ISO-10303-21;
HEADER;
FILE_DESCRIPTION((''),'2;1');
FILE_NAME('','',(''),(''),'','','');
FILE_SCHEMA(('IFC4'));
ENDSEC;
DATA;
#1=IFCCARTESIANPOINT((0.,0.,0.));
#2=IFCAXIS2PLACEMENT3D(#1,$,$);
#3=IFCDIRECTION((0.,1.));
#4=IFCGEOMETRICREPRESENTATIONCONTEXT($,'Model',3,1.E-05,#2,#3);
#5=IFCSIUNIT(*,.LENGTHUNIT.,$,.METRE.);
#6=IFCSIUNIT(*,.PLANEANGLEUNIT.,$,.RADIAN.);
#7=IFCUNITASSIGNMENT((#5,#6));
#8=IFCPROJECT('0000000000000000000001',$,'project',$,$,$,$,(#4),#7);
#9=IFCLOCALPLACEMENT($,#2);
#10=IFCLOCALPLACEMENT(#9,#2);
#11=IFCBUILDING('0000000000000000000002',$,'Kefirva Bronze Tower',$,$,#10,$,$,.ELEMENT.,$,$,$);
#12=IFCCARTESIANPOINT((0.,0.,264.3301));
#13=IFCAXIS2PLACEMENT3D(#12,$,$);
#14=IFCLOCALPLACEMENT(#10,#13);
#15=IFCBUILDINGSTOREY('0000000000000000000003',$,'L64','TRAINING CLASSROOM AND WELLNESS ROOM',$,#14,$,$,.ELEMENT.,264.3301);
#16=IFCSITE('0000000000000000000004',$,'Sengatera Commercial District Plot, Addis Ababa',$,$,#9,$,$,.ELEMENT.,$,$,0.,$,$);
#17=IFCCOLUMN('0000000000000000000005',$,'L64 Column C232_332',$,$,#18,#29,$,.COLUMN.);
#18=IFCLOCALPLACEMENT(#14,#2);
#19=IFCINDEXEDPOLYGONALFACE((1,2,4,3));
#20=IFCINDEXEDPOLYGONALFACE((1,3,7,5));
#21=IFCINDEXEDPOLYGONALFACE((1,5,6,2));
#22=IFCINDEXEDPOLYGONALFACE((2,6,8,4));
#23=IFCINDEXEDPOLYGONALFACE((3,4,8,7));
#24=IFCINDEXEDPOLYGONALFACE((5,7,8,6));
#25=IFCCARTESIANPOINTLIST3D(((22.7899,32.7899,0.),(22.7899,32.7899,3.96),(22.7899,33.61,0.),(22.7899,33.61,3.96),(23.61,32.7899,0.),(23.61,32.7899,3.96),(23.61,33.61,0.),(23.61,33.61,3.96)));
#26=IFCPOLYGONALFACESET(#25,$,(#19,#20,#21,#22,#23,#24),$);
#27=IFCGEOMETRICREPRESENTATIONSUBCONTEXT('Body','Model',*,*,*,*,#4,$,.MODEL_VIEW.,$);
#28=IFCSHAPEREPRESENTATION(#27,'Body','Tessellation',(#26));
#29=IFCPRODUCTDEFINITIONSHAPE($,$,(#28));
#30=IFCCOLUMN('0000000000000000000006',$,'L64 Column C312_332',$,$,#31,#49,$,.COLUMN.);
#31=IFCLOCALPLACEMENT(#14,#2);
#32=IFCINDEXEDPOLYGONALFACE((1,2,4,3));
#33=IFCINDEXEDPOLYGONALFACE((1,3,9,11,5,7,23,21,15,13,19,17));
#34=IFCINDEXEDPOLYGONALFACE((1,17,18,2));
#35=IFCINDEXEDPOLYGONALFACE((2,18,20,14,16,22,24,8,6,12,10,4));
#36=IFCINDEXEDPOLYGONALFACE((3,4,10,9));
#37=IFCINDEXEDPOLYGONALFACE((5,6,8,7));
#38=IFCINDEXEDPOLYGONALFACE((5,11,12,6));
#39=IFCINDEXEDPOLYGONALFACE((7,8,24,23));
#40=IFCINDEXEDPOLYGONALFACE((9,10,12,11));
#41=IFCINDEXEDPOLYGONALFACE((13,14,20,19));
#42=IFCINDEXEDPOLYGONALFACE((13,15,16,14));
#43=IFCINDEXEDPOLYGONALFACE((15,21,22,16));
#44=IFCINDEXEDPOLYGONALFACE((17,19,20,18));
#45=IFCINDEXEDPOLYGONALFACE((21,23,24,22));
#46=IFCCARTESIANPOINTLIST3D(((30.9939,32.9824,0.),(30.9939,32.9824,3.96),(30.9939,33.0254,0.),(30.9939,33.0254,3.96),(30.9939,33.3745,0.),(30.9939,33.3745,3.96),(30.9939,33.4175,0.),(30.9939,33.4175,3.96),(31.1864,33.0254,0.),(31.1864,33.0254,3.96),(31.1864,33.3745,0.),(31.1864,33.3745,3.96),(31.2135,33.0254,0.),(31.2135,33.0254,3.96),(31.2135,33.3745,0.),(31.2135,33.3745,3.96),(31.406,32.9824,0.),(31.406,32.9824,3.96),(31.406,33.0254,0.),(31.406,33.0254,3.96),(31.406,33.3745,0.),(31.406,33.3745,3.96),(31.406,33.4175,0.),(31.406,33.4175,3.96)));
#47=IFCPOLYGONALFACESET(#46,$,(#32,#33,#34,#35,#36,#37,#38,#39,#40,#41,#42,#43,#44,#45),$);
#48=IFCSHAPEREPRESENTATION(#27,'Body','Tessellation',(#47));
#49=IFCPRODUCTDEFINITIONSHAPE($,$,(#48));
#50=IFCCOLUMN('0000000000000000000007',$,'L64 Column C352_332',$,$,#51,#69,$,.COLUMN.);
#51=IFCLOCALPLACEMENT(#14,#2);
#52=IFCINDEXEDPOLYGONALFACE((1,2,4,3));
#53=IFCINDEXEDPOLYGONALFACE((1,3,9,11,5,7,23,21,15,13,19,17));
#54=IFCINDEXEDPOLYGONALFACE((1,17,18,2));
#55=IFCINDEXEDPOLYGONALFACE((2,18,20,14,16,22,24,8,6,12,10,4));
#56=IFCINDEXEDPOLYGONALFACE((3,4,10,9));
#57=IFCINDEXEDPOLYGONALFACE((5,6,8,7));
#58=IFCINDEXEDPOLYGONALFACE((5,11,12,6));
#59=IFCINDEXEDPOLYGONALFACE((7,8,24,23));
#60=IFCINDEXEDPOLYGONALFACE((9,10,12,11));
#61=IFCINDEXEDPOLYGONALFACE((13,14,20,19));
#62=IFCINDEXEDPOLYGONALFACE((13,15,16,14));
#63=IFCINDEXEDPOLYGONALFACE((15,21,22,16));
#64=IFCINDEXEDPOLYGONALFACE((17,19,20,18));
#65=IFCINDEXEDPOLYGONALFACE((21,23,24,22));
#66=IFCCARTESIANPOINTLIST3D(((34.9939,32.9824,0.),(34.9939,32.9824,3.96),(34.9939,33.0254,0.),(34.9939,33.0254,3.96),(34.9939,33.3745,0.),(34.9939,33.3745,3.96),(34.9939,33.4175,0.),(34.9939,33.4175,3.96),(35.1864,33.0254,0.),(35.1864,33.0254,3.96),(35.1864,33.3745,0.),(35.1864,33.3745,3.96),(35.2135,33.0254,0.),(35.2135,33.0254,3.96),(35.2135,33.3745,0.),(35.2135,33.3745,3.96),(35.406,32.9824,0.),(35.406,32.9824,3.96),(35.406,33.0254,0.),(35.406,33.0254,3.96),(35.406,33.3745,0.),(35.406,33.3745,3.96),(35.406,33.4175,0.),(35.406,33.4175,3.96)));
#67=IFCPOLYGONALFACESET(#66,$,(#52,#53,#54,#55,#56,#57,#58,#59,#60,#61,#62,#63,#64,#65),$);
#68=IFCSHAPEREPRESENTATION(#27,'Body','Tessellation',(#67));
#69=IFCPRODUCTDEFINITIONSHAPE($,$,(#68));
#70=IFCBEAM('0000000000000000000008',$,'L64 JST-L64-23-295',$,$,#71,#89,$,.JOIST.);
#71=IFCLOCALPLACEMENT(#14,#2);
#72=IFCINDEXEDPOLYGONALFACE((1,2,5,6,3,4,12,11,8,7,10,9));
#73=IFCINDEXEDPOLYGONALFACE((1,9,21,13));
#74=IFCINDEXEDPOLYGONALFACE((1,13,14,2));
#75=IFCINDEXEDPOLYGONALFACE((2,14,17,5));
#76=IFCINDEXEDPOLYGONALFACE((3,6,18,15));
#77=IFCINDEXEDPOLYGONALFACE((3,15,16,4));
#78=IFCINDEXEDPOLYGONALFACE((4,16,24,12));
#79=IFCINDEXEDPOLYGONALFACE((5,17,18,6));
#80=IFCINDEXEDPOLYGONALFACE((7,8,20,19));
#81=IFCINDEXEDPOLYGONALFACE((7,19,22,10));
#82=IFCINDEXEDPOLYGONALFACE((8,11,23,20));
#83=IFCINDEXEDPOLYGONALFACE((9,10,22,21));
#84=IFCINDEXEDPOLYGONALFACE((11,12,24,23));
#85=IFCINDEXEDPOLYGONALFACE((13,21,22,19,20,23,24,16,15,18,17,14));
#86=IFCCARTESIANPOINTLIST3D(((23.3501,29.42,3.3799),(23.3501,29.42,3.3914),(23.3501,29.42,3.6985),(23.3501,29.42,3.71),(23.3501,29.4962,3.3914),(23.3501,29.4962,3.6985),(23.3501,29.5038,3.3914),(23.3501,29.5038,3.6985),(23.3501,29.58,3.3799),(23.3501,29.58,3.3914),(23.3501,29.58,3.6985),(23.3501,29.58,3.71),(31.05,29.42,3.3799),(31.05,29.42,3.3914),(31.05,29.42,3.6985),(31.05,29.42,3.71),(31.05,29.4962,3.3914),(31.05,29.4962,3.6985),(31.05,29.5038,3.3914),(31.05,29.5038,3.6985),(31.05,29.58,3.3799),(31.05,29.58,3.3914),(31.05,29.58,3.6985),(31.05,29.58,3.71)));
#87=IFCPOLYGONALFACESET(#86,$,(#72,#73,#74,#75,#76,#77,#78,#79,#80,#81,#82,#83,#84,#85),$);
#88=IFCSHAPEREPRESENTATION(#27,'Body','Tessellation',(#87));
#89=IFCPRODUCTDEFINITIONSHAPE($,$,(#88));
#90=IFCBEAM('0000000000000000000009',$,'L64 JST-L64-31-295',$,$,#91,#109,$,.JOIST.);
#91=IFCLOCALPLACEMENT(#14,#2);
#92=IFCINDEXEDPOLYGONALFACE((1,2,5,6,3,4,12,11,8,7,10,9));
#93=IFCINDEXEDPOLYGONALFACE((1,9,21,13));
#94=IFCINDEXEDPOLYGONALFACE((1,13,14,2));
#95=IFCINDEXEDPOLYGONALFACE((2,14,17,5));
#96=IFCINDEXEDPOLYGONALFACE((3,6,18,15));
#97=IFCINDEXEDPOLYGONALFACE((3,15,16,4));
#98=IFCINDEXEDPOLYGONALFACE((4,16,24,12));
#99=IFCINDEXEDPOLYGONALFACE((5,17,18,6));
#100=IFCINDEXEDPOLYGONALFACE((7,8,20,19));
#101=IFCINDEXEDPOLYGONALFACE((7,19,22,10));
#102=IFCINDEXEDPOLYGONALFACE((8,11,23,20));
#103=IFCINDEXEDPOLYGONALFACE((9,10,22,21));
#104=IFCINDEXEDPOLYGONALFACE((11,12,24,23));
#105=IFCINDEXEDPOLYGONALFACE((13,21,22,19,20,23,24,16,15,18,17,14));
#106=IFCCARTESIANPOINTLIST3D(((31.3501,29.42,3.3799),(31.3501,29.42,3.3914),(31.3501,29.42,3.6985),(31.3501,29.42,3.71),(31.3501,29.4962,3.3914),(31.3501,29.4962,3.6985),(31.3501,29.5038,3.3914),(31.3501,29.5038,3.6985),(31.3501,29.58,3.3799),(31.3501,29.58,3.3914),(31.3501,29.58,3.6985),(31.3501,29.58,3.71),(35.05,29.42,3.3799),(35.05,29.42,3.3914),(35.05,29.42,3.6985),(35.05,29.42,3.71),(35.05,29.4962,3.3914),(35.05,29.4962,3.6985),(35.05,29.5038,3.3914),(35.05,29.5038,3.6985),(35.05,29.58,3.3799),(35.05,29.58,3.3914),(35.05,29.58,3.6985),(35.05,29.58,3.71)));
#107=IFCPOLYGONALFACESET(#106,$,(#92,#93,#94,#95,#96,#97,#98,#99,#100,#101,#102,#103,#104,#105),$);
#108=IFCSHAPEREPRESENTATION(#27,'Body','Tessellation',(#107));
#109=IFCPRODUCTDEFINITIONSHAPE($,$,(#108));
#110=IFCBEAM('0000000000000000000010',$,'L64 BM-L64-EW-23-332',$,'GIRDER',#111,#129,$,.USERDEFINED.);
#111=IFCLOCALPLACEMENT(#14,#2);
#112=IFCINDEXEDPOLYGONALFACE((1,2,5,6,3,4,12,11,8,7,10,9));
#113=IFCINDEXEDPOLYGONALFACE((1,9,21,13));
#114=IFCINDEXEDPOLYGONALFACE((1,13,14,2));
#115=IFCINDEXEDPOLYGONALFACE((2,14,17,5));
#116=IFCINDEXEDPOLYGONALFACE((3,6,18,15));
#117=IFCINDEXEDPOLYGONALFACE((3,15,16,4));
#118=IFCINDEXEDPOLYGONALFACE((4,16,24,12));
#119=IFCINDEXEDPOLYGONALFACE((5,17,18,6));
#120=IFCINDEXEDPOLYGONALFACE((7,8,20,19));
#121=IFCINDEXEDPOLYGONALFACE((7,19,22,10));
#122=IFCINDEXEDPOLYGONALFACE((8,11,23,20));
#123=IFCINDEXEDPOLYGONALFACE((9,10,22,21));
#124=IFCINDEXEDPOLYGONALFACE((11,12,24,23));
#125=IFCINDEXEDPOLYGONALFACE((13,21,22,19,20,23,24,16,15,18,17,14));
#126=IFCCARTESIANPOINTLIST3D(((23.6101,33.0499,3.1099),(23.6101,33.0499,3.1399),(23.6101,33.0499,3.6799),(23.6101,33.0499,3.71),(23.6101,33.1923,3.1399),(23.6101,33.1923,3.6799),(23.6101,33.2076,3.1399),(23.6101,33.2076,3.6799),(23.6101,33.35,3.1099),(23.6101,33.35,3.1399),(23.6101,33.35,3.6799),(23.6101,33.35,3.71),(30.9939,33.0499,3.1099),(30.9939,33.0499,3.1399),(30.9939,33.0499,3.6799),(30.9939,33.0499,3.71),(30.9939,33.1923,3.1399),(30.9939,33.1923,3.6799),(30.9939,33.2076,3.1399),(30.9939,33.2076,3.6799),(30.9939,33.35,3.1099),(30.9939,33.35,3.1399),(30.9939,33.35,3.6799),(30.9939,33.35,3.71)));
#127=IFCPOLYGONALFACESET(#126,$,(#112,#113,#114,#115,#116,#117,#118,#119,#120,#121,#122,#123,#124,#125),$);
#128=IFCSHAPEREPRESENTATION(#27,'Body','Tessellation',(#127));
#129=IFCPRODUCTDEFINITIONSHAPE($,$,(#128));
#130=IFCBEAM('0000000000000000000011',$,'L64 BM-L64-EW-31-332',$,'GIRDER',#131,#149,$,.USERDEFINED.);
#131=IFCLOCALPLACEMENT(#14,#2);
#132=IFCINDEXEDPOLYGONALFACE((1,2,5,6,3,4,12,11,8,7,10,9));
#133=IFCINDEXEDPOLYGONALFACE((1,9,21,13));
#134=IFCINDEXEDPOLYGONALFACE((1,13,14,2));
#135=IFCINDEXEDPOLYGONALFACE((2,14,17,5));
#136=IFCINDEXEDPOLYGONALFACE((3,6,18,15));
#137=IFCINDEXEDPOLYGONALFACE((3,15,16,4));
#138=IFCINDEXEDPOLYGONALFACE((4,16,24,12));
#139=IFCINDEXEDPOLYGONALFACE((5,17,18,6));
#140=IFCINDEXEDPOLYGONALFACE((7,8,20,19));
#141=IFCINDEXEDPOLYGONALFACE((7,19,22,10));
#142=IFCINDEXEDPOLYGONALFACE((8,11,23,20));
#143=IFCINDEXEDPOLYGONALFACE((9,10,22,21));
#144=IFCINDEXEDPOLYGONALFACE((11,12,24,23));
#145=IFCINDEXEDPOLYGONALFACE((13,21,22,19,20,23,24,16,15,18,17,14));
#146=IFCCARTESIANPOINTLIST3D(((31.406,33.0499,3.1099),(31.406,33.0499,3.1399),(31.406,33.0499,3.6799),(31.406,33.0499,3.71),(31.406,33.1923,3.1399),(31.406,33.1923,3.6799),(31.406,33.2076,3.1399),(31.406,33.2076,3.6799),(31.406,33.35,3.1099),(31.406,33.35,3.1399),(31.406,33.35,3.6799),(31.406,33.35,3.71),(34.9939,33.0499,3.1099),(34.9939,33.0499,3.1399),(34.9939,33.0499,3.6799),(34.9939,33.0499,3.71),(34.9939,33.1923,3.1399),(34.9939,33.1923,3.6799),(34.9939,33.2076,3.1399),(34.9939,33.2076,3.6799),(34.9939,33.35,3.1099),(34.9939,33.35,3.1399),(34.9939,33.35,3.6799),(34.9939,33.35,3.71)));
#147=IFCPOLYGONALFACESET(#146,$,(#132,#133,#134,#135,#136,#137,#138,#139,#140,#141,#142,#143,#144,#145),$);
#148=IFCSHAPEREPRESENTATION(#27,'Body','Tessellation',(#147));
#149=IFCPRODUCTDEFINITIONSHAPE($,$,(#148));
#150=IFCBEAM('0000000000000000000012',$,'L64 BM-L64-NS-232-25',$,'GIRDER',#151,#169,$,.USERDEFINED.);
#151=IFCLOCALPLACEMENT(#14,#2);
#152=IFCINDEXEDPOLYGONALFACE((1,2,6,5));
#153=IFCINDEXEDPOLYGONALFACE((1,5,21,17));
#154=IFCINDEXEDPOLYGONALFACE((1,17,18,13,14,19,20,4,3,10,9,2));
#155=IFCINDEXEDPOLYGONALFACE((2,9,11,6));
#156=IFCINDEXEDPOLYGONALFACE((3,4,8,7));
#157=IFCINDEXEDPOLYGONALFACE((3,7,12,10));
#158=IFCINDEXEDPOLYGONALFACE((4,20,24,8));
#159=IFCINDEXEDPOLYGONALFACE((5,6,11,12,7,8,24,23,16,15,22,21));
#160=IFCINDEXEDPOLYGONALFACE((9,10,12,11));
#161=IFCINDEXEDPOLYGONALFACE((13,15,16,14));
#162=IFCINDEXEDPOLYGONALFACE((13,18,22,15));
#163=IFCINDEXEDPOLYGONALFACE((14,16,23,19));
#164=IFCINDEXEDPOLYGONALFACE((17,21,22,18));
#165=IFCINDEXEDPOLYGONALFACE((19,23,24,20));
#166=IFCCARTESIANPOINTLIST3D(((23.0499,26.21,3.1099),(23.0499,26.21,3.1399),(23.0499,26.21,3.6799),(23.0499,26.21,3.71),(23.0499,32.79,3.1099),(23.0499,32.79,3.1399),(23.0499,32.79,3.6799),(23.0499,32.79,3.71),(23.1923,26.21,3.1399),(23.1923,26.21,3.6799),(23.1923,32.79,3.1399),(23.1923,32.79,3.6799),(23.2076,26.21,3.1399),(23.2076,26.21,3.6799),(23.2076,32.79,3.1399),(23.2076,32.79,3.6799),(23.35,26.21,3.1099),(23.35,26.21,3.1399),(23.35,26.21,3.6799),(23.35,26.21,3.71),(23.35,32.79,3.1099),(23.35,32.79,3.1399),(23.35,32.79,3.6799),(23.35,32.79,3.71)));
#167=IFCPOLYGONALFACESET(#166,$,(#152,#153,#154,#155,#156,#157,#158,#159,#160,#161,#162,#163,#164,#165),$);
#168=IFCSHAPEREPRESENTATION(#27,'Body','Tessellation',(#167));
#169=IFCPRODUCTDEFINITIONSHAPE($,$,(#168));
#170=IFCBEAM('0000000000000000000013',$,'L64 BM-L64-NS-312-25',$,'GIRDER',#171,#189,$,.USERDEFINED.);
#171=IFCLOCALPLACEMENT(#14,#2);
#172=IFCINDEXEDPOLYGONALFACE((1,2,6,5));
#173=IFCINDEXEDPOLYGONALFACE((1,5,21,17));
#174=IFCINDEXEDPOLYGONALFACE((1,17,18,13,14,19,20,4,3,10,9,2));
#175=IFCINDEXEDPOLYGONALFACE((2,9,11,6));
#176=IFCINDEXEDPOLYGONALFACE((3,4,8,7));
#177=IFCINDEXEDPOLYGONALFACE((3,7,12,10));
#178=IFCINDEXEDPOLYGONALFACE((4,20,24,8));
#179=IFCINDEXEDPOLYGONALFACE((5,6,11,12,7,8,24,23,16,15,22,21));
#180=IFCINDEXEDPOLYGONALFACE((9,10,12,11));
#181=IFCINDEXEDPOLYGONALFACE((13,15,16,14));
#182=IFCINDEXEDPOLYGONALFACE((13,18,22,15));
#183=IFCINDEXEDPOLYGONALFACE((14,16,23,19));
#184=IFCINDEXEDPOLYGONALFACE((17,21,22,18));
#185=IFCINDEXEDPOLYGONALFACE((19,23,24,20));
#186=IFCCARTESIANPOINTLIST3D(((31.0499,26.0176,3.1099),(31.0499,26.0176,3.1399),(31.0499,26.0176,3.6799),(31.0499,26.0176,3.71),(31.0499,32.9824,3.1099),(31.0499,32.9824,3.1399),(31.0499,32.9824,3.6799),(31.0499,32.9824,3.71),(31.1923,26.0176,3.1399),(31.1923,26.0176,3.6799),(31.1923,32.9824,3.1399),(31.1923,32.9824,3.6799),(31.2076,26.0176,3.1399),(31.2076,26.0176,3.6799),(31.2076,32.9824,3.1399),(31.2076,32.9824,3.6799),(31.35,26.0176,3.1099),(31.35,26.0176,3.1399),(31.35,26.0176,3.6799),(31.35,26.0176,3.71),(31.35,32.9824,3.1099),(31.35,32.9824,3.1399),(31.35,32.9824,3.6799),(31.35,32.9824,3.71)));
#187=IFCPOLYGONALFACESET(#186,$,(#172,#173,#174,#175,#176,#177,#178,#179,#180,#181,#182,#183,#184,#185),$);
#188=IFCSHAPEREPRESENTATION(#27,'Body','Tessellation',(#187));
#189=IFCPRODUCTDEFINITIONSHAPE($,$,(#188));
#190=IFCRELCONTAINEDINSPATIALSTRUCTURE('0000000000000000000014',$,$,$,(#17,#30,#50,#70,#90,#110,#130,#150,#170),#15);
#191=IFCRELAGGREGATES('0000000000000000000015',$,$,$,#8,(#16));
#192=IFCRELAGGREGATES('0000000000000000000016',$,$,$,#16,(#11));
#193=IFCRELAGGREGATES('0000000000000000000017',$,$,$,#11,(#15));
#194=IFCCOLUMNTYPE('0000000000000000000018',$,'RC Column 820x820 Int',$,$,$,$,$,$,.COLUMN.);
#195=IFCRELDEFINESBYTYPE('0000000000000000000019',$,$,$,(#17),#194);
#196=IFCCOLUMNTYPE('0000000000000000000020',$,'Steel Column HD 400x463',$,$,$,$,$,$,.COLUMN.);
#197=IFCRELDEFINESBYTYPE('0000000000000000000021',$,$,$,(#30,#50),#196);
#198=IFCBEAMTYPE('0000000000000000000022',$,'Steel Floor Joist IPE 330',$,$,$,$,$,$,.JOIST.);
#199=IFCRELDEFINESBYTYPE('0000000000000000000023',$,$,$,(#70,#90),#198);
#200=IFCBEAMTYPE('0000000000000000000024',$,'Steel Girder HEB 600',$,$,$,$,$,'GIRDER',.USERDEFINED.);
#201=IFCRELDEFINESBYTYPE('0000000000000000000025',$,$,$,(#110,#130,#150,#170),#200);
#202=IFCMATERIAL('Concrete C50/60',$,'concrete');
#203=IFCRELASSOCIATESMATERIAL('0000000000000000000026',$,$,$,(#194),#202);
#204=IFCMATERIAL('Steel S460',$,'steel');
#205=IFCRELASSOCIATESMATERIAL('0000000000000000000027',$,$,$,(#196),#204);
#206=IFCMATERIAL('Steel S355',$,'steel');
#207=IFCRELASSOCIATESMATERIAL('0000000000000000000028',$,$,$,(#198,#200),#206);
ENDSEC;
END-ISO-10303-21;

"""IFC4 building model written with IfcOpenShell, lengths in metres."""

from ifc_helpers import new_model, si_unit, direction, frame, origin, origin_2d, place, context, subcontext, project, spatial, rectangle, i_section, extrude, material, material_profile, profile_set, type_object, element, save


model = new_model("IFC4")

# Units and contexts
model_context = context("Model", 3, precision=1e-05, world=origin(), true_north=direction((0.0, 1.0)))
body_context = subcontext(model_context, "Body", "Model", "MODEL_VIEW")
ifc_project = project(units=[si_unit("LENGTHUNIT", "METRE"), si_unit("PLANEANGLEUNIT", "RADIAN")], contexts=[model_context])

# Site, building, storey
site_placement = place(None, origin())
site = spatial("IfcSite", under=ifc_project, at=site_placement, Name="Sengatera Commercial District Plot, Addis Ababa", CompositionType="ELEMENT", RefElevation=0.0)
building_placement = place(site_placement, origin())
building = spatial("IfcBuilding", under=site, at=building_placement, Name="Kefirva Bronze Tower", CompositionType="ELEMENT")
storey_placement = place(building_placement, frame((0.0, 0.0, 264.3301)))
storey = spatial("IfcBuildingStorey", under=building, at=storey_placement, Name="L64", Description="TRAINING CLASSROOM AND WELLNESS ROOM", CompositionType="ELEMENT", Elevation=264.3301)

# Columns
ifc_material_1 = material(Name="Concrete C50/60", Category="concrete")
ifc_material_profile_1 = material_profile(ifc_material_1, rectangle(XDim=0.8201, YDim=0.8201, at=origin_2d()), Name="RC 820x820")
ifc_profile_set_1 = profile_set([ifc_material_profile_1], Name="Concrete C50/60")
column_type_1 = type_object("IfcColumnType", Name="RC Column 820x820 Int", PredefinedType="COLUMN", material=ifc_profile_set_1)
column_placement = place(storey_placement, frame((23.2, 33.2, 0.0), z_axis=(0.0, 0.0, 1.0), x_axis=(1.0, 0.0, 0.0)))
element("IfcColumn", 1, at=column_placement, inside=storey, type_object=column_type_1, Name="L64 Column C232_332", PredefinedType="COLUMN", context=body_context, shape_type="SweptSolid", body=[
    extrude(rectangle(XDim=0.8201, YDim=0.8201, at=origin_2d()), origin(), (0.0, 0.0, 1.0), 3.96),
])
ifc_material_2 = material(Name="Steel S460", Category="steel")
ifc_material_profile_2 = material_profile(ifc_material_2, i_section(OverallWidth=0.4121, OverallDepth=0.4351, WebThickness=0.0271, FlangeThickness=0.043, at=origin_2d()), Name="HD 400x463")
ifc_profile_set_2 = profile_set([ifc_material_profile_2], Name="Steel S460")
column_type_2 = type_object("IfcColumnType", Name="Steel Column HD 400x463", PredefinedType="COLUMN", material=ifc_profile_set_2)
for number, where, z_axis, x_axis, name in (
    (2, (31.2, 33.2, 0.0), (0.0, 0.0, 1.0), (1.0, 0.0, 0.0), "L64 Column C312_332"),
    (3, (35.2, 33.2, 0.0), (0.0, 0.0, 1.0), (1.0, 0.0, 0.0), "L64 Column C352_332"),
):
    element("IfcColumn", number, at=place(storey_placement, frame(where, z_axis=z_axis, x_axis=x_axis)), inside=storey, type_object=column_type_2, Name=name, PredefinedType="COLUMN", context=body_context, shape_type="SweptSolid", body=[
        extrude(i_section(OverallWidth=0.4121, OverallDepth=0.4351, WebThickness=0.0271, FlangeThickness=0.043, at=origin_2d()), origin(), (0.0, 0.0, 1.0), 3.96),
    ])

# Beams
ifc_material_3 = material(Name="Steel S355", Category="steel")
ifc_material_profile_3 = material_profile(ifc_material_3, i_section(OverallWidth=0.1599, OverallDepth=0.3301, WebThickness=0.0076, FlangeThickness=0.0115, at=origin_2d()), Name="IPE 330")
ifc_profile_set_3 = profile_set([ifc_material_profile_3], Name="Steel S355")
beam_type_1 = type_object("IfcBeamType", Name="Steel Floor Joist IPE 330", PredefinedType="JOIST", material=ifc_profile_set_3)
beam_1_placement = place(storey_placement, frame((23.3501, 29.5, 3.5449), z_axis=(1.0, 0.0, 0.0), x_axis=(0.0, 1.0, 0.0)))
element("IfcBeam", 4, at=beam_1_placement, inside=storey, type_object=beam_type_1, Name="L64 JST-L64-23-295", PredefinedType="JOIST", context=body_context, shape_type="SweptSolid", body=[
    extrude(i_section(OverallWidth=0.1599, OverallDepth=0.3301, WebThickness=0.0076, FlangeThickness=0.0115, at=origin_2d()), origin(), (0.0, 0.0, 1.0), 7.7),
])
beam_2_placement = place(storey_placement, frame((31.3501, 29.5, 3.5449), z_axis=(1.0, 0.0, 0.0), x_axis=(0.0, 1.0, 0.0)))
element("IfcBeam", 5, at=beam_2_placement, inside=storey, type_object=beam_type_1, Name="L64 JST-L64-31-295", PredefinedType="JOIST", context=body_context, shape_type="SweptSolid", body=[
    extrude(i_section(OverallWidth=0.1599, OverallDepth=0.3301, WebThickness=0.0076, FlangeThickness=0.0115, at=origin_2d()), origin(), (0.0, 0.0, 1.0), 3.7),
])
ifc_material_profile_4 = material_profile(ifc_material_3, i_section(OverallWidth=0.3, OverallDepth=0.6001, WebThickness=0.0154, FlangeThickness=0.03, at=origin_2d()), Name="HEB 600")
ifc_profile_set_4 = profile_set([ifc_material_profile_4], Name="Steel S355")
beam_type_2 = type_object("IfcBeamType", Name="Steel Girder HEB 600", ElementType="GIRDER", PredefinedType="USERDEFINED", material=ifc_profile_set_4)
beam_3_placement = place(storey_placement, frame((23.6101, 33.2, 3.4099), z_axis=(1.0, 0.0, 0.0), x_axis=(0.0, 1.0, 0.0)))
element("IfcBeam", 6, at=beam_3_placement, inside=storey, type_object=beam_type_2, Name="L64 BM-L64-EW-23-332", ObjectType="GIRDER", PredefinedType="USERDEFINED", context=body_context, shape_type="SweptSolid", body=[
    extrude(i_section(OverallWidth=0.3, OverallDepth=0.6001, WebThickness=0.0154, FlangeThickness=0.03, at=origin_2d()), origin(), (0.0, 0.0, 1.0), 7.3838),
])
beam_4_placement = place(storey_placement, frame((31.406, 33.2, 3.4099), z_axis=(1.0, 0.0, 0.0), x_axis=(0.0, 1.0, 0.0)))
element("IfcBeam", 7, at=beam_4_placement, inside=storey, type_object=beam_type_2, Name="L64 BM-L64-EW-31-332", ObjectType="GIRDER", PredefinedType="USERDEFINED", context=body_context, shape_type="SweptSolid", body=[
    extrude(i_section(OverallWidth=0.3, OverallDepth=0.6001, WebThickness=0.0154, FlangeThickness=0.03, at=origin_2d()), origin(), (0.0, 0.0, 1.0), 3.5879),
])
beam_5_placement = place(storey_placement, frame((23.2, 26.21, 3.4099), z_axis=(0.0, 1.0, 0.0), x_axis=(-1.0, 0.0, 0.0)))
element("IfcBeam", 8, at=beam_5_placement, inside=storey, type_object=beam_type_2, Name="L64 BM-L64-NS-232-25", ObjectType="GIRDER", PredefinedType="USERDEFINED", context=body_context, shape_type="SweptSolid", body=[
    extrude(i_section(OverallWidth=0.3, OverallDepth=0.6001, WebThickness=0.0154, FlangeThickness=0.03, at=origin_2d()), origin(), (0.0, 0.0, 1.0), 6.5801),
])
beam_6_placement = place(storey_placement, frame((31.2, 26.0176, 3.4099), z_axis=(0.0, 1.0, 0.0), x_axis=(-1.0, 0.0, 0.0)))
element("IfcBeam", 9, at=beam_6_placement, inside=storey, type_object=beam_type_2, Name="L64 BM-L64-NS-312-25", ObjectType="GIRDER", PredefinedType="USERDEFINED", context=body_context, shape_type="SweptSolid", body=[
    extrude(i_section(OverallWidth=0.3, OverallDepth=0.6001, WebThickness=0.0154, FlangeThickness=0.03, at=origin_2d()), origin(), (0.0, 0.0, 1.0), 6.9648),
])

save(model, "model.ifc")
